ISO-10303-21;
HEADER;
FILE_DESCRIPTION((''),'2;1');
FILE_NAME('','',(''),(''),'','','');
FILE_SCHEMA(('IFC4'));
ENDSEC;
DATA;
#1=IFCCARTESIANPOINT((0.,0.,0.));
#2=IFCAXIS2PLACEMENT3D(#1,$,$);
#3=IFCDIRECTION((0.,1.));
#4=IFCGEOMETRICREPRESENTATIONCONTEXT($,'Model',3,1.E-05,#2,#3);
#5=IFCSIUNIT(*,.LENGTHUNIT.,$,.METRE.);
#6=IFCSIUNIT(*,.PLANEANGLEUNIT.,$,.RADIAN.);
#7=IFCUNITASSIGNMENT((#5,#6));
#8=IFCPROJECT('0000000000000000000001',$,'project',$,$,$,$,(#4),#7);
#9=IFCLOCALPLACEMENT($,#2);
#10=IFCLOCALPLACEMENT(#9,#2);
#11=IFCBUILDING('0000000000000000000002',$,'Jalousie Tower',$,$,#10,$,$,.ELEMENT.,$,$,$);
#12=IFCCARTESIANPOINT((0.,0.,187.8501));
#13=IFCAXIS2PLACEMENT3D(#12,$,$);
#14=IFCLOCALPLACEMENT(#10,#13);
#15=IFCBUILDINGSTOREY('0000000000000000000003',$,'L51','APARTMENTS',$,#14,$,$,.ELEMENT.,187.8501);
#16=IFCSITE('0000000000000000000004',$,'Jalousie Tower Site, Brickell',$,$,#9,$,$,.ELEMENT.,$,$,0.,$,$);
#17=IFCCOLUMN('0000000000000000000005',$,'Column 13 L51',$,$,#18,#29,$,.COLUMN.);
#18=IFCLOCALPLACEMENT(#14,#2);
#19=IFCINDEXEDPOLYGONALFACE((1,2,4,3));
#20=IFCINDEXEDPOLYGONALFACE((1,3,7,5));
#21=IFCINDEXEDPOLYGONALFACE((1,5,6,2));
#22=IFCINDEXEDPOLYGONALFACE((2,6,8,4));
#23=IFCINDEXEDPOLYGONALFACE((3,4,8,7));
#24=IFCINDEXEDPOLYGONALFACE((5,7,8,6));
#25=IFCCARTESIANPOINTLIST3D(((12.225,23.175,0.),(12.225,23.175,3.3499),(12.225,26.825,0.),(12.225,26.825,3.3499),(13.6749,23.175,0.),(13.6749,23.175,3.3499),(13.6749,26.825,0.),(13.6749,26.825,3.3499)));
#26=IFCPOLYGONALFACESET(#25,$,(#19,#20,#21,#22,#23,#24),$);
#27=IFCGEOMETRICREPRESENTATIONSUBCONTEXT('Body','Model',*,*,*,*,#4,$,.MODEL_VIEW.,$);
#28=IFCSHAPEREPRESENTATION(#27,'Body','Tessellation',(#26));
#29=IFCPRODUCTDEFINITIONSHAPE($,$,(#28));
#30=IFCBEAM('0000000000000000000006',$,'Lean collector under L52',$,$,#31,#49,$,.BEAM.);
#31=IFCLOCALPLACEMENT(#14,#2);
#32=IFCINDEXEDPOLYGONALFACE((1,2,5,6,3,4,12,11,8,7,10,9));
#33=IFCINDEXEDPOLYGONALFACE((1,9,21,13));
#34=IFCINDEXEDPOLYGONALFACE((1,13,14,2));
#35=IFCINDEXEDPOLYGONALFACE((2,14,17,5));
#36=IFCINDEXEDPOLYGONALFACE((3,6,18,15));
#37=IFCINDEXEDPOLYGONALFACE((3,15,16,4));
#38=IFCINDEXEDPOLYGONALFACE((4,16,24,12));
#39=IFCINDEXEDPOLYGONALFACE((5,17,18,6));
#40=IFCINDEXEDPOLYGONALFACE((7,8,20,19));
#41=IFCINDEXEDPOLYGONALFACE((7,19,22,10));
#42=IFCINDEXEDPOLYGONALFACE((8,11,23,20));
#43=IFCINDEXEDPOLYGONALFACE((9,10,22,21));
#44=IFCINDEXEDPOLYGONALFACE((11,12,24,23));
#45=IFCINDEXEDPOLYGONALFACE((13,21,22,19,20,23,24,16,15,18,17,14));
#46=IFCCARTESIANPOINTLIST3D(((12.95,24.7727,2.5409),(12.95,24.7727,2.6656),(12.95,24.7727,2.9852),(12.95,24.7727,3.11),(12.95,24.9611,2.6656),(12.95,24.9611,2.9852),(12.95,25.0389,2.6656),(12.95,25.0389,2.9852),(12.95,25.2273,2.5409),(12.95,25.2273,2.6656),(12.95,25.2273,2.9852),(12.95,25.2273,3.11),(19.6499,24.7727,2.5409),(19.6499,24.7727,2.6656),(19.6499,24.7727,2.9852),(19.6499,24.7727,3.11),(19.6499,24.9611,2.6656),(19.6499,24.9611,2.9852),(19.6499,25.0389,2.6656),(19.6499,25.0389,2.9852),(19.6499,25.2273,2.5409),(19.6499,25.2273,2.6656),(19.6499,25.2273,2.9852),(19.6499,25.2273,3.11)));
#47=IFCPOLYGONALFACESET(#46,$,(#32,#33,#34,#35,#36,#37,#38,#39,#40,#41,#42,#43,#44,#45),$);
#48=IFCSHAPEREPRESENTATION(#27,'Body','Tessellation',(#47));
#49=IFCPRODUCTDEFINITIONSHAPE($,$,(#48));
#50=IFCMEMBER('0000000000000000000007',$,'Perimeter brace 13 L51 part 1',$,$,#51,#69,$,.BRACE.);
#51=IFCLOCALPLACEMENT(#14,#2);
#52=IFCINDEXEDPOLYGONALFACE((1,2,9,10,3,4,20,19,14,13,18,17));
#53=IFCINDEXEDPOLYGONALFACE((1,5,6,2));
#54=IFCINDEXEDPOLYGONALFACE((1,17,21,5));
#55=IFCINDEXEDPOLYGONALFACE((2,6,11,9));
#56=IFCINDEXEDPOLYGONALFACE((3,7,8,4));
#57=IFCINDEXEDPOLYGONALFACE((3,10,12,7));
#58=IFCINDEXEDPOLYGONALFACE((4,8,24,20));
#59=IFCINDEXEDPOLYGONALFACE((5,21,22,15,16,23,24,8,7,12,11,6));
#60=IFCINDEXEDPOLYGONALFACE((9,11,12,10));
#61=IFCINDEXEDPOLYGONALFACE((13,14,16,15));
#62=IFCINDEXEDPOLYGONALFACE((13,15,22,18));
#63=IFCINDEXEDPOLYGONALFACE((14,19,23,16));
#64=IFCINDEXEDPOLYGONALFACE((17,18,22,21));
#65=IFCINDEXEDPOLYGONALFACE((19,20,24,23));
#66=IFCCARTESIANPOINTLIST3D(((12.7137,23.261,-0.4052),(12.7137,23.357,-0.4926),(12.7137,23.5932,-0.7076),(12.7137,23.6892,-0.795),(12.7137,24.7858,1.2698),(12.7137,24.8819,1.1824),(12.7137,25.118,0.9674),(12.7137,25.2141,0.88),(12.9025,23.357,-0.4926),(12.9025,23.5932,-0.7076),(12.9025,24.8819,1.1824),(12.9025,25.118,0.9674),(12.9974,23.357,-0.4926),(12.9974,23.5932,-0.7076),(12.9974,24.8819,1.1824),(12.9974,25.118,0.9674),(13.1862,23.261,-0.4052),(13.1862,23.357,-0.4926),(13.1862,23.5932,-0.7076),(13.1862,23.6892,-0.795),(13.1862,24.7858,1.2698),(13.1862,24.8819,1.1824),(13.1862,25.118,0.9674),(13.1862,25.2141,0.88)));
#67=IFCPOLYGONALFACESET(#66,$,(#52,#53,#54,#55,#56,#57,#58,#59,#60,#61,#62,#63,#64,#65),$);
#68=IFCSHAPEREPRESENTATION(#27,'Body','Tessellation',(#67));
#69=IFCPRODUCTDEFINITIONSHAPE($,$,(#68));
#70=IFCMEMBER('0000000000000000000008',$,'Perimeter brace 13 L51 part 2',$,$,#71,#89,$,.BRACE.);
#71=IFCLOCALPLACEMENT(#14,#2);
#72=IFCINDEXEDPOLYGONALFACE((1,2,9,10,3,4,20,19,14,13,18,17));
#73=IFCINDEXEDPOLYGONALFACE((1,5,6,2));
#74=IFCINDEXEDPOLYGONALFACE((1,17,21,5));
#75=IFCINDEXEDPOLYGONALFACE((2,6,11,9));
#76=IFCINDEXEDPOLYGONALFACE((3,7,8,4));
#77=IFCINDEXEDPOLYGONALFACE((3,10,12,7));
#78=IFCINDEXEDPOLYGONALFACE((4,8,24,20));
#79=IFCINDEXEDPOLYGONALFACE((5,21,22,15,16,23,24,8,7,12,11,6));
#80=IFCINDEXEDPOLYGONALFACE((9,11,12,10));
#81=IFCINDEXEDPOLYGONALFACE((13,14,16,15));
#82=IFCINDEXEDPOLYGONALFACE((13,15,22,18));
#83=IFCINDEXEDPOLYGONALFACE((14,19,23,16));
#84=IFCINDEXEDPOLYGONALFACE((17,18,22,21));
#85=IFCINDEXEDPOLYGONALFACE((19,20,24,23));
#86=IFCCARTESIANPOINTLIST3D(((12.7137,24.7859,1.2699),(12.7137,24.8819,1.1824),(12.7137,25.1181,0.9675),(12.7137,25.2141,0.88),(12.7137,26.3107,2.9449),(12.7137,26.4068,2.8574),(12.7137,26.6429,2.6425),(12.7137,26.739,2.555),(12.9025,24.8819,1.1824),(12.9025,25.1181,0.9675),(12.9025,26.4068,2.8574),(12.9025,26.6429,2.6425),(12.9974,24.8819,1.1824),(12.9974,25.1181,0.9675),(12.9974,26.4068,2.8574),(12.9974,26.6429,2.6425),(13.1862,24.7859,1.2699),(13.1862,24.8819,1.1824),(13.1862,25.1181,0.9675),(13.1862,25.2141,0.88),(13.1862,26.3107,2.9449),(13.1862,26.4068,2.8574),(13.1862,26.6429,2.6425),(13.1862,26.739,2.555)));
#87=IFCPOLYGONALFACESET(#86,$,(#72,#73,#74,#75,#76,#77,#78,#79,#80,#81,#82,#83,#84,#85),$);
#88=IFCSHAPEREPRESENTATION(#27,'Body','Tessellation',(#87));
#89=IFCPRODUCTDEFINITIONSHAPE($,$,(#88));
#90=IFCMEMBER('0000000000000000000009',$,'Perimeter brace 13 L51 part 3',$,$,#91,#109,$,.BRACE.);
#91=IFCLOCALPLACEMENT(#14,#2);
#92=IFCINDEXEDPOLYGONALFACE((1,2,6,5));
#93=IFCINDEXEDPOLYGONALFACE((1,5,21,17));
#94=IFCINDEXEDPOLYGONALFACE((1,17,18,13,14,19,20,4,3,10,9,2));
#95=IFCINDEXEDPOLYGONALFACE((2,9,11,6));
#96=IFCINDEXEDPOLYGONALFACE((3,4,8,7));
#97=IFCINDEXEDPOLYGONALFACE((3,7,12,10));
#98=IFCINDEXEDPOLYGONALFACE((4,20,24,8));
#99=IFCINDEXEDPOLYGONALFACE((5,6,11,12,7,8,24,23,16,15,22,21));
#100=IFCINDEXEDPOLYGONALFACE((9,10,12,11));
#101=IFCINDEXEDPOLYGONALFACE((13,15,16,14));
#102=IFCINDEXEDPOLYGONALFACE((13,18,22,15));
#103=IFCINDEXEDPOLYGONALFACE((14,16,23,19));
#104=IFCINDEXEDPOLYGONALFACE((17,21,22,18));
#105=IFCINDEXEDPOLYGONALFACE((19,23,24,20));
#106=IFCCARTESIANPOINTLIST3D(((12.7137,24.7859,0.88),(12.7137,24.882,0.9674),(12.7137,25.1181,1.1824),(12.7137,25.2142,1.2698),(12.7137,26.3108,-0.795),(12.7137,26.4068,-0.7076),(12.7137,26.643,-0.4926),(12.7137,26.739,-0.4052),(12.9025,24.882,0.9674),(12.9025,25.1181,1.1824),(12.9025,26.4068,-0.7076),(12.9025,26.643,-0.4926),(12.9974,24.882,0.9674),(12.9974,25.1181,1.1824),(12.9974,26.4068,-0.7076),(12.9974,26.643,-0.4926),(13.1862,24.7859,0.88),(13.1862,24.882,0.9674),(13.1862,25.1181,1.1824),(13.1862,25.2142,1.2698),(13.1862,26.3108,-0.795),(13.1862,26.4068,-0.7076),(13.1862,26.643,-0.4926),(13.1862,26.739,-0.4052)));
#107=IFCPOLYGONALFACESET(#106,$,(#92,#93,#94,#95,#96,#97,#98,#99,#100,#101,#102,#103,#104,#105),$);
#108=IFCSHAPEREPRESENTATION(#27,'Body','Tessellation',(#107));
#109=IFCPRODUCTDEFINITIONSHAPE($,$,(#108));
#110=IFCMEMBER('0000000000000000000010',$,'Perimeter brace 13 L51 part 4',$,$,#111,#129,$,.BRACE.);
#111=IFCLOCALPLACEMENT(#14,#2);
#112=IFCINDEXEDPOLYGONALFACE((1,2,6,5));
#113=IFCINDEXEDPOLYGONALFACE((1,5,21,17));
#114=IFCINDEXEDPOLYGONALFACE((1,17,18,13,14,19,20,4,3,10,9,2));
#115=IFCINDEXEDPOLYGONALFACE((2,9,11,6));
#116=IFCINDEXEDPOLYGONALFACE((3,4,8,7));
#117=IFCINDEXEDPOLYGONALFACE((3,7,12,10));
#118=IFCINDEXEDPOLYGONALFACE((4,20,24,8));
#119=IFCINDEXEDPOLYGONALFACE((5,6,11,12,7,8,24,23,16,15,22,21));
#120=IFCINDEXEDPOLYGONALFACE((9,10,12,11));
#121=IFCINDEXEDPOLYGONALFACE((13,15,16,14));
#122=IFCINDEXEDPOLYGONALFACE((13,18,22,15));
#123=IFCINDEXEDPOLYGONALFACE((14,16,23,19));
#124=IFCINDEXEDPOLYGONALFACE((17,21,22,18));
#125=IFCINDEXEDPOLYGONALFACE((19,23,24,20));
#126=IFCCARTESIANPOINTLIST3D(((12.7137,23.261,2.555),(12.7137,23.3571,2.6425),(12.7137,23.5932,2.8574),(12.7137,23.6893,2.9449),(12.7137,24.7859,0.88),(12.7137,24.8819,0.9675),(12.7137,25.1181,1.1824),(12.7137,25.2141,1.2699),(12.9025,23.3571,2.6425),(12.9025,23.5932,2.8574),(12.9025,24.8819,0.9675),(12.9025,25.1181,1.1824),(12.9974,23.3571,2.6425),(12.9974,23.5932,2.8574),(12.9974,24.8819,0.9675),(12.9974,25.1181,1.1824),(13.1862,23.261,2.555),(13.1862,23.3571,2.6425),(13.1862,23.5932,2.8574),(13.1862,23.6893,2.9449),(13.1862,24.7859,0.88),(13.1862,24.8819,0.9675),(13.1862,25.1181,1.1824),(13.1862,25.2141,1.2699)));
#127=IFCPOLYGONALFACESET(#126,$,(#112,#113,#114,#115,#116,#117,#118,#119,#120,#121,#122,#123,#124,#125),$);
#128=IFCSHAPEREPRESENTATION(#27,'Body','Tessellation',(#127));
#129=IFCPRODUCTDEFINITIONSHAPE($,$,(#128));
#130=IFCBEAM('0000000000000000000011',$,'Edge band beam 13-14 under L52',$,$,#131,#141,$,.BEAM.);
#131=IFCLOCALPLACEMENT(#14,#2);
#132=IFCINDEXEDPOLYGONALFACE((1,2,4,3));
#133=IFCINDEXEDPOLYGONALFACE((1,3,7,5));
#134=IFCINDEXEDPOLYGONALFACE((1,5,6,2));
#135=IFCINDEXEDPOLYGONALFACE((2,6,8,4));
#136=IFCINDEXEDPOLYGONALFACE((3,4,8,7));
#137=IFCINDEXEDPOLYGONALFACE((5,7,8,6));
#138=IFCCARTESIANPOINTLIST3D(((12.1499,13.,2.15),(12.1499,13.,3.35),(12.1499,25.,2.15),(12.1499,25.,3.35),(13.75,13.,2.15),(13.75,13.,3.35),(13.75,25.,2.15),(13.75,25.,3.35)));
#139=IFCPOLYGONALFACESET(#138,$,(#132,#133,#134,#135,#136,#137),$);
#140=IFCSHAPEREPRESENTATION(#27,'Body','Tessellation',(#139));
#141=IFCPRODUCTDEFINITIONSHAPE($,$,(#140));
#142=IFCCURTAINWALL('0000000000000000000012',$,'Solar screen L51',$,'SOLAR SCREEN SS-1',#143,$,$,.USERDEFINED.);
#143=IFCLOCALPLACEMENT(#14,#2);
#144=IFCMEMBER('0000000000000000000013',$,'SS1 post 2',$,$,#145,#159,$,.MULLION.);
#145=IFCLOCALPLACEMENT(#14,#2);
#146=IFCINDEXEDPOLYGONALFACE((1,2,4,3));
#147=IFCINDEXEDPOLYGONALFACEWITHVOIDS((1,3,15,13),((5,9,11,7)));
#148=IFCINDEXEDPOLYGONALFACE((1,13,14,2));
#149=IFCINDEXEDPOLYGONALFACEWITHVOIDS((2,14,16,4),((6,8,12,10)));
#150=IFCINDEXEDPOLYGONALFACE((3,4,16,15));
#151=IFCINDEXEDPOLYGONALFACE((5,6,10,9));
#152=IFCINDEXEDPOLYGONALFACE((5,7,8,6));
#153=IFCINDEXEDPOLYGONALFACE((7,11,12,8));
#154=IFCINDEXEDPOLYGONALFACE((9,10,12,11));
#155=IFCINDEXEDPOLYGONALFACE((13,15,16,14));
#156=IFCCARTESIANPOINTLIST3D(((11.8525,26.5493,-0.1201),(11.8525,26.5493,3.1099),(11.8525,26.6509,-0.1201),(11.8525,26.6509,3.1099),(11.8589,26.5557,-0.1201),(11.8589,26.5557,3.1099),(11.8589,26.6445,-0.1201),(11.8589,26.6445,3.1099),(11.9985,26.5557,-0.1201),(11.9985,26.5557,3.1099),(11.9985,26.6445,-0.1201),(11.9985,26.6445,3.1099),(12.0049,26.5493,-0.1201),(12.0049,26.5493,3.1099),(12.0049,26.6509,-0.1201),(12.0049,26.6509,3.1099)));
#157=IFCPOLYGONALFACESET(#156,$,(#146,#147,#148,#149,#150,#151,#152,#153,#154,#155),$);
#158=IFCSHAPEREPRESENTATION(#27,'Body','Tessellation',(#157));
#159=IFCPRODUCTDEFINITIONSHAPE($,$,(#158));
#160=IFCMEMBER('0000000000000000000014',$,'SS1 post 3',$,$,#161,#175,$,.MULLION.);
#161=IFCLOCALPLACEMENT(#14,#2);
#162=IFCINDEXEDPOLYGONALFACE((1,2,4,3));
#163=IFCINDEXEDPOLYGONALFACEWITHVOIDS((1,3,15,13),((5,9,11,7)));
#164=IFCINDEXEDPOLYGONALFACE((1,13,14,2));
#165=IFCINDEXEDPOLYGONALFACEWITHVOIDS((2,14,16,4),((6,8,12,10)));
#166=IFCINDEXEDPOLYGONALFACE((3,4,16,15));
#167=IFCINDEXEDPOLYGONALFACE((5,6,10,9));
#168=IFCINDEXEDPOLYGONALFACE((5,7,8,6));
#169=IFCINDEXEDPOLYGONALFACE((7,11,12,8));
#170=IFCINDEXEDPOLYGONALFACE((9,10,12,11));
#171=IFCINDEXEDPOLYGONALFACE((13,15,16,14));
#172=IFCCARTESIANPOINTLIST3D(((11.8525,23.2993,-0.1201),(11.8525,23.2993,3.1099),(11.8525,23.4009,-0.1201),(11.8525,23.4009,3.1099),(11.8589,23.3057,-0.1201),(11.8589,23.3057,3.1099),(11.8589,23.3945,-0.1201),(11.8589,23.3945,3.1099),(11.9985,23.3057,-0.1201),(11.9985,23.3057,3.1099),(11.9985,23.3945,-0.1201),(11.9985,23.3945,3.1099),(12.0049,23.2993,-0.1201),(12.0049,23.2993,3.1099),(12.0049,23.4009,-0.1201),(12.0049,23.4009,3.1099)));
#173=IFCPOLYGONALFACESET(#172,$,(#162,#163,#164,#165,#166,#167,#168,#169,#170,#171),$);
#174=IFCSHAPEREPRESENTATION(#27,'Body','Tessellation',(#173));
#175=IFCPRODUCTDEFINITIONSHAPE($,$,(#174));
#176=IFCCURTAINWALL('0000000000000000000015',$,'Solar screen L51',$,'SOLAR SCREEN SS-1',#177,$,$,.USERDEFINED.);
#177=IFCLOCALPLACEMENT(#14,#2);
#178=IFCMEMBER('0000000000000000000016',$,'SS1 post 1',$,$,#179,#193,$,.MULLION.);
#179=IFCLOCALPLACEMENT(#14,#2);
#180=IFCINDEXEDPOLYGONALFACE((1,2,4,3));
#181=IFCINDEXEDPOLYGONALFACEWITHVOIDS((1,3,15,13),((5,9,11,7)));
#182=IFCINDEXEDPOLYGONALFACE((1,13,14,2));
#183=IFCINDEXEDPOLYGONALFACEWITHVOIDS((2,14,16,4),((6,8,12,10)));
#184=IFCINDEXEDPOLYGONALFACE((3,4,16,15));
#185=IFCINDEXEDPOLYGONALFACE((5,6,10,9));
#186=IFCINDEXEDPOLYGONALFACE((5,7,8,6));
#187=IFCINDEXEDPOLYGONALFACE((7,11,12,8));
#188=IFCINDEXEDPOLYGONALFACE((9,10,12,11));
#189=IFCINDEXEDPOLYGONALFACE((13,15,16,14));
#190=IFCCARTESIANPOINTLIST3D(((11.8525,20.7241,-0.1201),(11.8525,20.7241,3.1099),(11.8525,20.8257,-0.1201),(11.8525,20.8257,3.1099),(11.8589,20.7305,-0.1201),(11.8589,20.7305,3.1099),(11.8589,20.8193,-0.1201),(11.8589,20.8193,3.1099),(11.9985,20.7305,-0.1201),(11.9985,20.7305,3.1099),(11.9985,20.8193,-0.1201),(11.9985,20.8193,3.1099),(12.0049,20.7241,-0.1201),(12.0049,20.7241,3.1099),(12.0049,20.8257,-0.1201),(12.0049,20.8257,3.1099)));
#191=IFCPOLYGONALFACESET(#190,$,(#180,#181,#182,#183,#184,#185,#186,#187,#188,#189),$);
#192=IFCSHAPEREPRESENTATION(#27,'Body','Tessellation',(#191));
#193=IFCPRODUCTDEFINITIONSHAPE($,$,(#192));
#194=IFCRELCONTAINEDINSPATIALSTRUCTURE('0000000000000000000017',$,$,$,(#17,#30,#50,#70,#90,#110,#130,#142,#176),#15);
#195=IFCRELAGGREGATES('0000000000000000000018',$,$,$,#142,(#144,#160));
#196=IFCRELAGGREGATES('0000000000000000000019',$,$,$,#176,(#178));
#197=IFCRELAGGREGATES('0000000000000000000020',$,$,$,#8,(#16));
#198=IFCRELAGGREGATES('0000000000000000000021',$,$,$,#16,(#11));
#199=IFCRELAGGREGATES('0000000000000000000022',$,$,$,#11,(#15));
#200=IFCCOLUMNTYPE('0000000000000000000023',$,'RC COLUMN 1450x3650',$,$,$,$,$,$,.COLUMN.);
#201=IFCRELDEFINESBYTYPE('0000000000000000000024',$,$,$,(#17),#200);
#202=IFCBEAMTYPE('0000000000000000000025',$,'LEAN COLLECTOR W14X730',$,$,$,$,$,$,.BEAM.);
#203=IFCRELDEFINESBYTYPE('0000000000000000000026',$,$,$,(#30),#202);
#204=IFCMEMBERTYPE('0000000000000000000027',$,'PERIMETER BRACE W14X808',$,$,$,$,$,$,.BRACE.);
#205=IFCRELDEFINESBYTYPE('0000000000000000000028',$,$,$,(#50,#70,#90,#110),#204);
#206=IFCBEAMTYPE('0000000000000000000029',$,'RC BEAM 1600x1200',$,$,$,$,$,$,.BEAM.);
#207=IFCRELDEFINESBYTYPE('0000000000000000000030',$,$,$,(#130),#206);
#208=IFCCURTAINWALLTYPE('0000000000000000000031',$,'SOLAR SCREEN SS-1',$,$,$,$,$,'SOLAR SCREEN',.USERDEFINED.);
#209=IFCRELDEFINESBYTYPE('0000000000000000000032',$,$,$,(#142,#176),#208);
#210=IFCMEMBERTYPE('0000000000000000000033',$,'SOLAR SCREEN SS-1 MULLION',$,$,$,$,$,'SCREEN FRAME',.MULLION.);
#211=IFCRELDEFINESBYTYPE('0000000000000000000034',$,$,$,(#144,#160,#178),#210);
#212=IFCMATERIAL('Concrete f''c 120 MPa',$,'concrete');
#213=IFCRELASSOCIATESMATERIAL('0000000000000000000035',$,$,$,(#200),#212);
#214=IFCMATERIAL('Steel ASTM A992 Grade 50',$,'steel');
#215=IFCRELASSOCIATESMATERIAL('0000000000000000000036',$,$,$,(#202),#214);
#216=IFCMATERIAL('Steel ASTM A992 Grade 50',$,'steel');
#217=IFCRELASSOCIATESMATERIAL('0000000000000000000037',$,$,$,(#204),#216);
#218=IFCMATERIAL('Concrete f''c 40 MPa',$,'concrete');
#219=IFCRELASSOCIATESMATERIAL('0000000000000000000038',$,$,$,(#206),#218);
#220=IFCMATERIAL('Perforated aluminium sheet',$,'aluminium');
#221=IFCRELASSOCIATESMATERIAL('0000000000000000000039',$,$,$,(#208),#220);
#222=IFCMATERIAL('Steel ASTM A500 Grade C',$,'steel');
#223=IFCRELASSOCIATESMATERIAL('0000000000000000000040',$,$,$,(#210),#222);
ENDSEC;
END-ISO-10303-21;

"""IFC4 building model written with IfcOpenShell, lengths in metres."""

from ifc_helpers import new_model, si_unit, direction, frame, origin, origin_2d, place, context, subcontext, project, spatial, rectangle, hollow_rectangle, i_section, extrude, material, material_profile, profile_set, type_object, element, aggregate, save


model = new_model("IFC4")

# Units and contexts
model_context = context("Model", 3, precision=1e-05, world=origin(), true_north=direction((0.0, 1.0)))
body_context = subcontext(model_context, "Body", "Model", "MODEL_VIEW")
ifc_project = project(units=[si_unit("LENGTHUNIT", "METRE"), si_unit("PLANEANGLEUNIT", "RADIAN")], contexts=[model_context])

# Site, building, storey
site_placement = place(None, origin())
site = spatial("IfcSite", under=ifc_project, at=site_placement, Name="Jalousie Tower Site, Brickell", CompositionType="ELEMENT", RefElevation=0.0)
building_placement = place(site_placement, origin())
building = spatial("IfcBuilding", under=site, at=building_placement, Name="Jalousie Tower", CompositionType="ELEMENT")
storey_placement = place(building_placement, frame((0.0, 0.0, 187.8501)))
storey = spatial("IfcBuildingStorey", under=building, at=storey_placement, Name="L51", Description="APARTMENTS", CompositionType="ELEMENT", Elevation=187.8501)

# Column
ifc_material_1 = material(Name="Concrete f'c 120 MPa", Category="concrete")
ifc_material_profile_1 = material_profile(ifc_material_1, rectangle(XDim=1.45, YDim=3.6499, at=origin_2d()), Name="RC 1450x3650")
ifc_profile_set_1 = profile_set([ifc_material_profile_1], Name="Concrete f'c 120 MPa")
column_type = type_object("IfcColumnType", Name="RC COLUMN 1450x3650", PredefinedType="COLUMN", material=ifc_profile_set_1)
column_placement = place(storey_placement, frame((12.95, 25.0, 0.0), z_axis=(0.0, 0.0, 1.0), x_axis=(1.0, 0.0, 0.0)))
element("IfcColumn", 1, at=column_placement, inside=storey, type_object=column_type, Name="Column 13 L51", PredefinedType="COLUMN", context=body_context, shape_type="SweptSolid", body=[
    extrude(rectangle(XDim=1.45, YDim=3.6499, at=origin_2d()), origin(), (0.0, 0.0, 1.0), 3.3499),
])

# Beam
ifc_material_2 = material(Name="Steel ASTM A992 Grade 50", Category="steel")
ifc_material_profile_2 = material_profile(ifc_material_2, i_section(OverallWidth=0.4546, OverallDepth=0.5691, WebThickness=0.0779, FlangeThickness=0.1248, at=origin_2d()), Name="W14X730")
ifc_profile_set_2 = profile_set([ifc_material_profile_2], Name="Steel ASTM A992 Grade 50")
beam_type_1 = type_object("IfcBeamType", Name="LEAN COLLECTOR W14X730", PredefinedType="BEAM", material=ifc_profile_set_2)
beam_1_placement = place(storey_placement, frame((12.95, 25.0, 2.8254), z_axis=(1.0, 0.0, 0.0), x_axis=(0.0, 1.0, 0.0)))
element("IfcBeam", 2, at=beam_1_placement, inside=storey, type_object=beam_type_1, Name="Lean collector under L52", PredefinedType="BEAM", context=body_context, shape_type="SweptSolid", body=[
    extrude(i_section(OverallWidth=0.4546, OverallDepth=0.5691, WebThickness=0.0779, FlangeThickness=0.1248, at=origin_2d()), origin(), (0.0, 0.0, 1.0), 6.7),
])

# Members
ifc_material_3 = material(Name="Steel ASTM A992 Grade 50", Category="steel")
ifc_material_profile_3 = material_profile(ifc_material_3, i_section(OverallWidth=0.4724, OverallDepth=0.5791, WebThickness=0.095, FlangeThickness=0.1299, at=origin_2d()), Name="W14X808")
ifc_profile_set_3 = profile_set([ifc_material_profile_3], Name="Steel ASTM A992 Grade 50")
member_type_1 = type_object("IfcMemberType", Name="PERIMETER BRACE W14X808", PredefinedType="BRACE", material=ifc_profile_set_3)
for number, where, z_axis, x_axis, name in (
    (3, (12.95, 23.4751, -0.6001), (0.0, 0.673188, 0.739472), (-1.0, 0.0, 0.0), "Perimeter brace 13 L51 part 1"),
    (4, (12.95, 25.0, 1.075), (0.0, 0.673188, 0.739472), (-1.0, 0.0, 0.0), "Perimeter brace 13 L51 part 2"),
    (5, (12.95, 26.5249, -0.6001), (0.0, -0.673188, 0.739472), (1.0, 0.0, 0.0), "Perimeter brace 13 L51 part 3"),
    (6, (12.95, 25.0, 1.075), (0.0, -0.673188, 0.739472), (1.0, 0.0, 0.0), "Perimeter brace 13 L51 part 4"),
):
    element("IfcMember", number, at=place(storey_placement, frame(where, z_axis=z_axis, x_axis=x_axis)), inside=storey, type_object=member_type_1, Name=name, PredefinedType="BRACE", context=body_context, shape_type="SweptSolid", body=[
        extrude(i_section(OverallWidth=0.4724, OverallDepth=0.5791, WebThickness=0.095, FlangeThickness=0.1299, at=origin_2d()), origin(), (0.0, 0.0, 1.0), 2.2651),
    ])

# Beam
ifc_material_4 = material(Name="Concrete f'c 40 MPa", Category="concrete")
ifc_material_profile_4 = material_profile(ifc_material_4, rectangle(XDim=1.6001, YDim=1.2, at=origin_2d()), Name="RC 1600x1200")
ifc_profile_set_4 = profile_set([ifc_material_profile_4], Name="Concrete f'c 40 MPa")
beam_type_2 = type_object("IfcBeamType", Name="RC BEAM 1600x1200", PredefinedType="BEAM", material=ifc_profile_set_4)
beam_2_placement = place(storey_placement, frame((12.95, 25.0, 2.75), z_axis=(0.0, -1.0, 0.0), x_axis=(1.0, 0.0, 0.0)))
element("IfcBeam", 7, at=beam_2_placement, inside=storey, type_object=beam_type_2, Name="Edge band beam 13-14 under L52", PredefinedType="BEAM", context=body_context, shape_type="SweptSolid", body=[
    extrude(rectangle(XDim=1.6001, YDim=1.2, at=origin_2d()), origin(), (0.0, 0.0, 1.0), 12.0),
])

# Curtain walls, members
ifc_material_5 = material(Name="Perforated aluminium sheet", Category="aluminium")
curtain_wall_type = type_object("IfcCurtainWallType", Name="SOLAR SCREEN SS-1", ElementType="SOLAR SCREEN", PredefinedType="USERDEFINED", material=ifc_material_5)
curtain_wall_1_placement = place(storey_placement, origin())
curtain_wall_1 = element("IfcCurtainWall", 8, at=curtain_wall_1_placement, inside=storey, type_object=curtain_wall_type, Name="Solar screen L51", ObjectType="SOLAR SCREEN SS-1", PredefinedType="USERDEFINED")
ifc_material_6 = material(Name="Steel ASTM A500 Grade C", Category="steel")
ifc_material_profile_5 = material_profile(ifc_material_6, hollow_rectangle(XDim=0.1016, YDim=0.1523, WallThickness=0.0063, at=origin_2d()), Name="HSS6X4X1/4")
ifc_profile_set_5 = profile_set([ifc_material_profile_5], Name="Steel ASTM A500 Grade C")
member_type_2 = type_object("IfcMemberType", Name="SOLAR SCREEN SS-1 MULLION", ElementType="SCREEN FRAME", PredefinedType="MULLION", material=ifc_profile_set_5)
member_1_placement = place(storey_placement, frame((11.9287, 26.6001, -0.1201), z_axis=(0.0, 0.0, 1.0), x_axis=(0.0, -1.0, 0.0)))
member_1 = element("IfcMember", 9, at=member_1_placement, type_object=member_type_2, Name="SS1 post 2", PredefinedType="MULLION", context=body_context, shape_type="SweptSolid", body=[
    extrude(hollow_rectangle(XDim=0.1016, YDim=0.1523, WallThickness=0.0063, at=origin_2d()), origin(), (0.0, 0.0, 1.0), 3.23),
])
member_2_placement = place(storey_placement, frame((11.9287, 23.3501, -0.1201), z_axis=(0.0, 0.0, 1.0), x_axis=(0.0, -1.0, 0.0)))
member_2 = element("IfcMember", 10, at=member_2_placement, type_object=member_type_2, Name="SS1 post 3", PredefinedType="MULLION", context=body_context, shape_type="SweptSolid", body=[
    extrude(hollow_rectangle(XDim=0.1016, YDim=0.1523, WallThickness=0.0063, at=origin_2d()), origin(), (0.0, 0.0, 1.0), 3.23),
])
curtain_wall_2_placement = place(storey_placement, origin())
curtain_wall_2 = element("IfcCurtainWall", 11, at=curtain_wall_2_placement, inside=storey, type_object=curtain_wall_type, Name="Solar screen L51", ObjectType="SOLAR SCREEN SS-1", PredefinedType="USERDEFINED")
member_3_placement = place(storey_placement, frame((11.9287, 20.7749, -0.1201), z_axis=(0.0, 0.0, 1.0), x_axis=(0.0, -1.0, 0.0)))
member_3 = element("IfcMember", 12, at=member_3_placement, type_object=member_type_2, Name="SS1 post 1", PredefinedType="MULLION", context=body_context, shape_type="SweptSolid", body=[
    extrude(hollow_rectangle(XDim=0.1016, YDim=0.1523, WallThickness=0.0063, at=origin_2d()), origin(), (0.0, 0.0, 1.0), 3.23),
])

aggregate(curtain_wall_1, [member_1, member_2])
aggregate(curtain_wall_2, [member_3])

save(model, "model.ifc")
